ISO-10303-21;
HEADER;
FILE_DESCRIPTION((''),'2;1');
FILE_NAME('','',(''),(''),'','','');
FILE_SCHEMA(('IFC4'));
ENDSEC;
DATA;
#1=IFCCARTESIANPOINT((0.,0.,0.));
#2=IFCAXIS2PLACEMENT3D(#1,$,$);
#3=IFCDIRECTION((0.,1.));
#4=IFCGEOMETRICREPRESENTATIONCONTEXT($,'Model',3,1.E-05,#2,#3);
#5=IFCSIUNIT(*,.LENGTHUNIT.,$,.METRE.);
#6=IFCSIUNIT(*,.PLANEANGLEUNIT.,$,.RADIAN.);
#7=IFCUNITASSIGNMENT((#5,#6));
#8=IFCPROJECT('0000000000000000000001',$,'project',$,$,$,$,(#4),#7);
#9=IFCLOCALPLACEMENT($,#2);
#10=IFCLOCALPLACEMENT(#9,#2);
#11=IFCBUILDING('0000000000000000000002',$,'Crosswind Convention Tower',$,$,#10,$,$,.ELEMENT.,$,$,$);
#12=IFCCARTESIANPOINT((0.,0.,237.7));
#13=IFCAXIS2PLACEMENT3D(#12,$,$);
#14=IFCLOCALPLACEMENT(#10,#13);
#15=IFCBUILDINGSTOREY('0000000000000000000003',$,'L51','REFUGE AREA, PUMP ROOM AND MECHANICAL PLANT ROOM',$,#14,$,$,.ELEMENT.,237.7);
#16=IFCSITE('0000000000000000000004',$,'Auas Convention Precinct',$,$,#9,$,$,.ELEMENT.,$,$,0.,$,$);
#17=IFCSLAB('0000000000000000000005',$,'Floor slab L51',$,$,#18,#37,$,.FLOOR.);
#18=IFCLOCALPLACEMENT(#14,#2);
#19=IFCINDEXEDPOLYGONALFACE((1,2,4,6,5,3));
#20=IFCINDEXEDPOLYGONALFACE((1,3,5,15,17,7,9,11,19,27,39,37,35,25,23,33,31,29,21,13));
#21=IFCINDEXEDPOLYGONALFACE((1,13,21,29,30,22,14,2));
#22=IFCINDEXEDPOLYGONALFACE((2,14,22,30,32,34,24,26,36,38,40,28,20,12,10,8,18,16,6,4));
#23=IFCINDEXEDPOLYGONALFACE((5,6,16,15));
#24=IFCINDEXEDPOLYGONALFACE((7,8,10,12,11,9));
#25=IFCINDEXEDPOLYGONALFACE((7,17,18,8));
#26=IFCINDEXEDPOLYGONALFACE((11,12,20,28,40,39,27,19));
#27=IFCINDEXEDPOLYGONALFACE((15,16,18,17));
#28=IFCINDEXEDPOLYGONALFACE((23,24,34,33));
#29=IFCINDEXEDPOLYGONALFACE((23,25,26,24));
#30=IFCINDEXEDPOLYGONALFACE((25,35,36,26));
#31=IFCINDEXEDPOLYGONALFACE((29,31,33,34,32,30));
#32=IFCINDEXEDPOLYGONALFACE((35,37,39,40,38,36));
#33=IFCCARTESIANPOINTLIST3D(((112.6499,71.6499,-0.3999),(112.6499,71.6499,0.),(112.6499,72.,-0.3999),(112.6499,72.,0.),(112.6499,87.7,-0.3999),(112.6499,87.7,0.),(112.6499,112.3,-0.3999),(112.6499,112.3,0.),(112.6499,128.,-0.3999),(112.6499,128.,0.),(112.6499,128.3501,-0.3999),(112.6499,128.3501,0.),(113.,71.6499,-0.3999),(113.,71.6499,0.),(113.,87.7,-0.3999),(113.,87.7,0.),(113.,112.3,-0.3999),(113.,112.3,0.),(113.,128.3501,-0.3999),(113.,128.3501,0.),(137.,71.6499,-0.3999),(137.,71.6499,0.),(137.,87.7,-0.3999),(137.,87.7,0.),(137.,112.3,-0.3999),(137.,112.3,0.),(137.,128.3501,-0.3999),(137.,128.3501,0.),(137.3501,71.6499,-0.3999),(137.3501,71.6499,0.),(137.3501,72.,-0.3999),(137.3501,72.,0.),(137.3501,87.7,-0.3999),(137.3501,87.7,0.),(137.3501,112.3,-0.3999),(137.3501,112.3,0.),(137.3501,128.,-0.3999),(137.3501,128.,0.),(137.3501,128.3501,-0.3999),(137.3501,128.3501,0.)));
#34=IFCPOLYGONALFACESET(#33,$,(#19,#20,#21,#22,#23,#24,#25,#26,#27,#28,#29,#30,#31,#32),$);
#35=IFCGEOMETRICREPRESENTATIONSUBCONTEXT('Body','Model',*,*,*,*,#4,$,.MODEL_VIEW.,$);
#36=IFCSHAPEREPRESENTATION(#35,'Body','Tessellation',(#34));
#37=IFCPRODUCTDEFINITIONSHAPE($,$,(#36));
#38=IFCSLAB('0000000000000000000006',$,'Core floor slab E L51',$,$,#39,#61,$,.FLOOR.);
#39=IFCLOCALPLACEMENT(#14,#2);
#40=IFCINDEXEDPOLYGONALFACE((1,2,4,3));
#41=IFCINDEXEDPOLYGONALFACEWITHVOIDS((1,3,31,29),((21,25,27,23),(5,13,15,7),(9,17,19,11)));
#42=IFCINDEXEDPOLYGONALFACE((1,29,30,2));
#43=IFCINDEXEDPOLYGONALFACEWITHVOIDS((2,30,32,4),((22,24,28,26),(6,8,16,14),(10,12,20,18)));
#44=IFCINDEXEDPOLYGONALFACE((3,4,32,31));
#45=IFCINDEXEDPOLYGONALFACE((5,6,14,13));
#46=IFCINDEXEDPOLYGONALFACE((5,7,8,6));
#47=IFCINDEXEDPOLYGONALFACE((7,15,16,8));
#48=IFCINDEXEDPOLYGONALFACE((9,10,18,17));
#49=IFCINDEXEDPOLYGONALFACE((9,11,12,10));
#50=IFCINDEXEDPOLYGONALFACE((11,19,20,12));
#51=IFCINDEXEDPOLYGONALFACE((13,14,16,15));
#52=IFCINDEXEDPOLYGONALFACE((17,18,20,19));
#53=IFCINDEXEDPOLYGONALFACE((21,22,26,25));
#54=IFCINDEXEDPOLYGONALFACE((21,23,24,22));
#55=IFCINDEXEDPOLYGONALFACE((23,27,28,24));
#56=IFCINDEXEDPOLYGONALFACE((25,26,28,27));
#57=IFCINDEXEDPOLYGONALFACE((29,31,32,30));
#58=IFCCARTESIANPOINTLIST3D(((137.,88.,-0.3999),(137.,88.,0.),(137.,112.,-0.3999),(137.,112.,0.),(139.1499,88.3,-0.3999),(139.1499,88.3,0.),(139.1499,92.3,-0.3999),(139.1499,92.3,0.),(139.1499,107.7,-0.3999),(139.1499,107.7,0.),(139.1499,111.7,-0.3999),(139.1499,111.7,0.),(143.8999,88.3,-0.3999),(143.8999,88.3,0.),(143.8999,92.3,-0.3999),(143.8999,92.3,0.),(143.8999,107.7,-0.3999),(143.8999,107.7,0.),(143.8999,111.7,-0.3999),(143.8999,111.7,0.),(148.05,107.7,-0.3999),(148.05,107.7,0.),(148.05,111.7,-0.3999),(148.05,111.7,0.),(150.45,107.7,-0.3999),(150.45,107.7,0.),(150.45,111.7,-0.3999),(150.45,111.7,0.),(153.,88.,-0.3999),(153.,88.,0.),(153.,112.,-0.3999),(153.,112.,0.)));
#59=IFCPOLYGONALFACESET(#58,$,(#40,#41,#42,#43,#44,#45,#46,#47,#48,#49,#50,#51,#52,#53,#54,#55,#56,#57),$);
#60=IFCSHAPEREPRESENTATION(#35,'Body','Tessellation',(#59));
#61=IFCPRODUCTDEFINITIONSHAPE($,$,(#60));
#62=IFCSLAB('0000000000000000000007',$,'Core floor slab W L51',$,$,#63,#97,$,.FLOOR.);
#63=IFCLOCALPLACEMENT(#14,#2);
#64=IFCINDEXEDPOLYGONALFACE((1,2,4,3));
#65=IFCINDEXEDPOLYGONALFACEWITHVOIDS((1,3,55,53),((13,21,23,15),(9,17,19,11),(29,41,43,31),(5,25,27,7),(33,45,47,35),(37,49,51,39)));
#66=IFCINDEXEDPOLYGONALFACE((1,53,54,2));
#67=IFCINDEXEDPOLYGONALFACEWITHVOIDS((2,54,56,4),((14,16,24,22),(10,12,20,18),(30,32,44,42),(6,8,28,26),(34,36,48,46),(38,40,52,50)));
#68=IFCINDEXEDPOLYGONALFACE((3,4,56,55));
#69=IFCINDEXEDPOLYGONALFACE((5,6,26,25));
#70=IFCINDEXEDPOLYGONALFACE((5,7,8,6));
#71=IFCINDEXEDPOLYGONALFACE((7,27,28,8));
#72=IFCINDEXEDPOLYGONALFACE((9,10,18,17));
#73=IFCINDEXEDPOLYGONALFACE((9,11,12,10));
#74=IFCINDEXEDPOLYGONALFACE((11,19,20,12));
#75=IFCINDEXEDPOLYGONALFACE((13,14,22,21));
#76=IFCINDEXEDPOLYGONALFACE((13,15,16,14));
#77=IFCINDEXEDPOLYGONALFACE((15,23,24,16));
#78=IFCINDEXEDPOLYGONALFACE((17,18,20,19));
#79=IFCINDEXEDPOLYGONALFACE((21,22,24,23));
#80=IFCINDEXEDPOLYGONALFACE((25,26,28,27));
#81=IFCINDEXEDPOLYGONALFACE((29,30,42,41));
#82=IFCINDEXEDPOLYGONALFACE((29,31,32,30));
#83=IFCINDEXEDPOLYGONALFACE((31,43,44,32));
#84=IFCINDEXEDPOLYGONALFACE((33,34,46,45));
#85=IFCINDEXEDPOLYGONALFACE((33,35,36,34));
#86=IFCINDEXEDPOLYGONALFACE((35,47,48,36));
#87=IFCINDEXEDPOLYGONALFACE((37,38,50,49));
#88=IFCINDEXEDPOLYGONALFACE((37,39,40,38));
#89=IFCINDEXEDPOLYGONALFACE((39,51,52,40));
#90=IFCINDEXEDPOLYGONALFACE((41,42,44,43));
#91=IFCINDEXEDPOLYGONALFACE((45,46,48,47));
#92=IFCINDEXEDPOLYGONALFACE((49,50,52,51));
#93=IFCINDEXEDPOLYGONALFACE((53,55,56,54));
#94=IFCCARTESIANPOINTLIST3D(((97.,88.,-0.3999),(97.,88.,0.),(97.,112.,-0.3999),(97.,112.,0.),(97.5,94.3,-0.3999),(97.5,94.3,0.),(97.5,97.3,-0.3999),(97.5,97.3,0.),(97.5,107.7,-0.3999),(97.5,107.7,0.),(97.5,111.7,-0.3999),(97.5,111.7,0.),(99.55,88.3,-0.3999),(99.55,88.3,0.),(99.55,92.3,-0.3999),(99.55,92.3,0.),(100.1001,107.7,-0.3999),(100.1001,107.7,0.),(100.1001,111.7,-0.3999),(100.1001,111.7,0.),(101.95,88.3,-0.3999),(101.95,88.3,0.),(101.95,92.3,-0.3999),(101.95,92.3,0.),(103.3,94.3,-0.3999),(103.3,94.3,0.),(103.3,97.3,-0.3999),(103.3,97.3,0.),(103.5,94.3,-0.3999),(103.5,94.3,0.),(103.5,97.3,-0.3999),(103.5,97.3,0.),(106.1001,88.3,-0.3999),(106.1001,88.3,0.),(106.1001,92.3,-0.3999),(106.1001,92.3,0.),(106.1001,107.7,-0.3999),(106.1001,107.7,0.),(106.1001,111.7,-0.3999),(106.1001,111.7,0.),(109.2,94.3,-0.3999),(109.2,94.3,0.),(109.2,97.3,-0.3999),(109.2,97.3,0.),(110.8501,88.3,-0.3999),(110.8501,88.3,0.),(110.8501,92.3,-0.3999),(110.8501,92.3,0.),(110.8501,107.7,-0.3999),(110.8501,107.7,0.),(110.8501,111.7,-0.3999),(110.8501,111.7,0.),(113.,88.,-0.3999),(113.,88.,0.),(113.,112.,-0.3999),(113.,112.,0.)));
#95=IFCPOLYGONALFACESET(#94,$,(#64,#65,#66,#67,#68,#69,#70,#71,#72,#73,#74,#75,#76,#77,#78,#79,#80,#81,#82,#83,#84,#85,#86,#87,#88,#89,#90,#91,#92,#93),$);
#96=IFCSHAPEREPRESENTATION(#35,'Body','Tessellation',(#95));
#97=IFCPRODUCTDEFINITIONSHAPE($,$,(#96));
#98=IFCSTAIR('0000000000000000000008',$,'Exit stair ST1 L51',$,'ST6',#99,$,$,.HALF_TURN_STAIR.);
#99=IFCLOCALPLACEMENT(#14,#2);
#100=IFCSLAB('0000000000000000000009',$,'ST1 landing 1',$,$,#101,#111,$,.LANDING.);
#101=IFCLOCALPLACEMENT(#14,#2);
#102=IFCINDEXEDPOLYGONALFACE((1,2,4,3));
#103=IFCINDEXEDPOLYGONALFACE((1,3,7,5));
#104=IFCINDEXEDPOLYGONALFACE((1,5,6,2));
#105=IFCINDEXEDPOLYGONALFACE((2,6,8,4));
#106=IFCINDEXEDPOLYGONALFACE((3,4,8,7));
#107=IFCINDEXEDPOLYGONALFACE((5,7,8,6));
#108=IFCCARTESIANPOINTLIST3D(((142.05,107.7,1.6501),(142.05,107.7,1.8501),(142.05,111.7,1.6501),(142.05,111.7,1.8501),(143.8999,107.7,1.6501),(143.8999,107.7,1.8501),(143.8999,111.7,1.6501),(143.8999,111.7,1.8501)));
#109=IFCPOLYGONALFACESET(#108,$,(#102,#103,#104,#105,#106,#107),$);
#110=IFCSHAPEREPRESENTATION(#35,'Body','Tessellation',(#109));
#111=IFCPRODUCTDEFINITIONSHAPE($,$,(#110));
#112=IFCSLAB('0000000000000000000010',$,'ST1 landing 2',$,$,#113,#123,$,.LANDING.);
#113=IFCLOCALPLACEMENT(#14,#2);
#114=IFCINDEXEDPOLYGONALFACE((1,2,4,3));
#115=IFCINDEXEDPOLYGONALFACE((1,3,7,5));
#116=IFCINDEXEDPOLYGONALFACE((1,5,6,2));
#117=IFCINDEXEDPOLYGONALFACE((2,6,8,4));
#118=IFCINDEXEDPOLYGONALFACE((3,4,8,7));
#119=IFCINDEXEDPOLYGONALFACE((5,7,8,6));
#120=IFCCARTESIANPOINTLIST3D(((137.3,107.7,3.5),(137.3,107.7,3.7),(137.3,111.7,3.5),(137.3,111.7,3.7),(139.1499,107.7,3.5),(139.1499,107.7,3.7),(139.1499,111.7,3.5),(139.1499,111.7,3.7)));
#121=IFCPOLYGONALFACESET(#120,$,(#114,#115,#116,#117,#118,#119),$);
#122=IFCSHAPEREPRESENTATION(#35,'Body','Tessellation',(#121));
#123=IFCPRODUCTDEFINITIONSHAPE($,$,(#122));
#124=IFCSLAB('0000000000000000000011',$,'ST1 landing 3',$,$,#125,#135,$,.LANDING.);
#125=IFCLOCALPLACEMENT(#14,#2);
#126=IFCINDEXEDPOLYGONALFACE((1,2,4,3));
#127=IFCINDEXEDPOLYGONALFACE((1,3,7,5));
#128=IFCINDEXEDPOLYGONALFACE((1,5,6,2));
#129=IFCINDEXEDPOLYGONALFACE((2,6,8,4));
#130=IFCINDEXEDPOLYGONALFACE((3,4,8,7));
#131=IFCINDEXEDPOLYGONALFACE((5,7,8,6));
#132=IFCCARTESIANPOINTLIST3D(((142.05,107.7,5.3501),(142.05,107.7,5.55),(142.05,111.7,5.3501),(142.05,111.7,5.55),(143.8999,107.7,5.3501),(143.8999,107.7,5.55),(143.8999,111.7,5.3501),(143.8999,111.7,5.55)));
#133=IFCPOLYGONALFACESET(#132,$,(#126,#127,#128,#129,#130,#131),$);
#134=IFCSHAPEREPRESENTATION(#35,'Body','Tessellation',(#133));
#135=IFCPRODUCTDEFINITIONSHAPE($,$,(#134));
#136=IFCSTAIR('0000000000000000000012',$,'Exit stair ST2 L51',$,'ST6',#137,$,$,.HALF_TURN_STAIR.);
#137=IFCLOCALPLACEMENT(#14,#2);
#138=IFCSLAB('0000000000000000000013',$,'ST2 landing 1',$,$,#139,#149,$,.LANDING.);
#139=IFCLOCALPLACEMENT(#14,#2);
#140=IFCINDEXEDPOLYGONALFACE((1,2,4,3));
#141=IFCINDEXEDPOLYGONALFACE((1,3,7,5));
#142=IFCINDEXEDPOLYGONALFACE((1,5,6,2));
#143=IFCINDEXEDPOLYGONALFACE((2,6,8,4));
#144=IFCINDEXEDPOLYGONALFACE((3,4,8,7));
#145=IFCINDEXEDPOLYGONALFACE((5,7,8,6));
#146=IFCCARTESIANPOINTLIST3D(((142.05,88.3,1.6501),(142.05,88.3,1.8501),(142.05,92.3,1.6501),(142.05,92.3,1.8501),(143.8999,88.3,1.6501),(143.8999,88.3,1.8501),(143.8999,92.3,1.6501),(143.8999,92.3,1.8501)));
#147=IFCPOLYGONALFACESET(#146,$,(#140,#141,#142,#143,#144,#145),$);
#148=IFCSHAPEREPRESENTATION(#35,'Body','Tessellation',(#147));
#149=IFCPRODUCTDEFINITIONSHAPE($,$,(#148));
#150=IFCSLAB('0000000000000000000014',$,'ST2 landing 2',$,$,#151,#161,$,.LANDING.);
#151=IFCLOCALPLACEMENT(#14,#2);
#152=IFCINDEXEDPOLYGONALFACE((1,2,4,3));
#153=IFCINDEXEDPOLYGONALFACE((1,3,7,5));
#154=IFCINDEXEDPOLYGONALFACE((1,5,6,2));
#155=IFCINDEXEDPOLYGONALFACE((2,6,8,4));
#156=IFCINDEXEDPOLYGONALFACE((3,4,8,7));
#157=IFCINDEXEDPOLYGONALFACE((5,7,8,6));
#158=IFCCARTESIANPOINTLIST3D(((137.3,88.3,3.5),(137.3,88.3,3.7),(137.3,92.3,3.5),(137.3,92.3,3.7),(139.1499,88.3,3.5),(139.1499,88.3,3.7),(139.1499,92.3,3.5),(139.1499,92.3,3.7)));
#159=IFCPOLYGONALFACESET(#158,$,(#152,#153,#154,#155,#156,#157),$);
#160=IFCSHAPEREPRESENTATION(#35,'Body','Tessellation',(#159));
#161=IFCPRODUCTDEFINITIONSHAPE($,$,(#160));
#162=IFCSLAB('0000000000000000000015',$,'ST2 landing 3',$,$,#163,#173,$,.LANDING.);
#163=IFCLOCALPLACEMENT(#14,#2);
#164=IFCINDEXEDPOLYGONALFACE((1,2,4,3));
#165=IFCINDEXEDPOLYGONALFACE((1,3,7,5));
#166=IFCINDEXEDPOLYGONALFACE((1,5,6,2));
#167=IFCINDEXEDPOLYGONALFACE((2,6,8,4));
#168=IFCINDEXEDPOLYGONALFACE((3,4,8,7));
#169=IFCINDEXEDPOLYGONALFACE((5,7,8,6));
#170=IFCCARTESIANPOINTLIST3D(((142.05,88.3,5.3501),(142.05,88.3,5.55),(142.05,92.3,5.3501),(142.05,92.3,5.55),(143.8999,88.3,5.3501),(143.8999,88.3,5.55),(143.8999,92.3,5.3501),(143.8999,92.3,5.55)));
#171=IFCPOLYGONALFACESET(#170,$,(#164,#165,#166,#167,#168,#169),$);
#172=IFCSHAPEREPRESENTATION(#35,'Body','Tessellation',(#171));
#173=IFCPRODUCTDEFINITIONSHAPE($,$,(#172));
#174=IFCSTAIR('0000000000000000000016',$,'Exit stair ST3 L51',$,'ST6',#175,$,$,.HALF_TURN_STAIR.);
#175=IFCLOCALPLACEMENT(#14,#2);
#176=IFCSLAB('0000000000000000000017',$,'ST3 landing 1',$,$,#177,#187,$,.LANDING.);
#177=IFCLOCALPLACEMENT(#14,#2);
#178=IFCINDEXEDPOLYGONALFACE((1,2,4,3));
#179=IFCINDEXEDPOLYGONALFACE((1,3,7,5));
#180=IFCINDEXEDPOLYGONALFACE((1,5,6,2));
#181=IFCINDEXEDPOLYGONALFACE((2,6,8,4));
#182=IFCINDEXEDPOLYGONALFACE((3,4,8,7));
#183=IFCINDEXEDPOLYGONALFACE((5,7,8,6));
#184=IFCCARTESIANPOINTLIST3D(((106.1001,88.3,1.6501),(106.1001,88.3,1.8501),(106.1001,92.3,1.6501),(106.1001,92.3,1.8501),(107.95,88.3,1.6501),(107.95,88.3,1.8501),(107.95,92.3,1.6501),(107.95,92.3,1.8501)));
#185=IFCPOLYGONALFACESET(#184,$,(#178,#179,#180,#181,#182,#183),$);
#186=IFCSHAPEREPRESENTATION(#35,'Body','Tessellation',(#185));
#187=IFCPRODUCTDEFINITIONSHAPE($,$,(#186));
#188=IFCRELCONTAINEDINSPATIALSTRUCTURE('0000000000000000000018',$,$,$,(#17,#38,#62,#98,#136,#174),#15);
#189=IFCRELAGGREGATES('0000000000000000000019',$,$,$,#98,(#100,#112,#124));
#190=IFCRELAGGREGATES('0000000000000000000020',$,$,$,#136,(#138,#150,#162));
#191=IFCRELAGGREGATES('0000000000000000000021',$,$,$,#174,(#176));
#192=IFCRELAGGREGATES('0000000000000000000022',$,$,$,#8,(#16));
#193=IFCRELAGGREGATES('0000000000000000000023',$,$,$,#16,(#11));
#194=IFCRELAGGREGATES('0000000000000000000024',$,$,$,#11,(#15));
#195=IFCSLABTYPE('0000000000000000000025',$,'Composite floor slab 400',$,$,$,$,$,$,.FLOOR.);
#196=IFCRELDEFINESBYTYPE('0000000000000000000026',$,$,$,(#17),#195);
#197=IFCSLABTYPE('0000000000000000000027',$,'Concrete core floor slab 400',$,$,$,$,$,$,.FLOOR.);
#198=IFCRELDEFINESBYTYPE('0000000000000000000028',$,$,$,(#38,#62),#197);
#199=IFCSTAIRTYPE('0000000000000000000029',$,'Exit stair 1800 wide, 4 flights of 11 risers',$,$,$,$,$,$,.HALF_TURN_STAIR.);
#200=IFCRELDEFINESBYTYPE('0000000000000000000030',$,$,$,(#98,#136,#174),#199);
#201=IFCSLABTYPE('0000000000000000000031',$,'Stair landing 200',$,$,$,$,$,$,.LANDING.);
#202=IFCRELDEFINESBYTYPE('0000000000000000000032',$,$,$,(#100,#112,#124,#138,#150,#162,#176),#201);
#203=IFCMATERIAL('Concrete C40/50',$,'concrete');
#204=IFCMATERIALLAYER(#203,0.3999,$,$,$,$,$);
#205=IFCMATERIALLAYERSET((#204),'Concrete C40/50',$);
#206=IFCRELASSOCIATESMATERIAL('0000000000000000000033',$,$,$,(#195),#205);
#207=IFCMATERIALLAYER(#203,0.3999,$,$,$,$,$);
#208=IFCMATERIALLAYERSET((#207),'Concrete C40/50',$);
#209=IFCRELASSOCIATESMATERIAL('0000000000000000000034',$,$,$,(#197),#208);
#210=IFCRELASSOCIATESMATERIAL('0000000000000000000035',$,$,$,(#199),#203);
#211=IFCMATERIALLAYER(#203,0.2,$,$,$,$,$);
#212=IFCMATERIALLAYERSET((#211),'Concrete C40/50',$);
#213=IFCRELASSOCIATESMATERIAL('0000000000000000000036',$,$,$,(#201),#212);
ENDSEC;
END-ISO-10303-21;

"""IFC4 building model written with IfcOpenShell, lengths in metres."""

from ifc_helpers import new_model, si_unit, direction, frame, origin, place, context, subcontext, project, spatial, polyline, outline, extrude, material, layer, layer_set, type_object, element, aggregate, save


model = new_model("IFC4")

# Units and contexts
model_context = context("Model", 3, precision=1e-05, world=origin(), true_north=direction((0.0, 1.0)))
body_context = subcontext(model_context, "Body", "Model", "MODEL_VIEW")
ifc_project = project(units=[si_unit("LENGTHUNIT", "METRE"), si_unit("PLANEANGLEUNIT", "RADIAN")], contexts=[model_context])

# Site, building, storey
site_placement = place(None, origin())
site = spatial("IfcSite", under=ifc_project, at=site_placement, Name="Auas Convention Precinct", CompositionType="ELEMENT", RefElevation=0.0)
building_placement = place(site_placement, origin())
building = spatial("IfcBuilding", under=site, at=building_placement, Name="Crosswind Convention Tower", CompositionType="ELEMENT")
storey_placement = place(building_placement, frame((0.0, 0.0, 237.7)))
storey = spatial("IfcBuildingStorey", under=building, at=storey_placement, Name="L51", Description="REFUGE AREA, PUMP ROOM AND MECHANICAL PLANT ROOM", CompositionType="ELEMENT", Elevation=237.7)

# Slabs
ifc_material_1 = material(Name="Concrete C40/50", Category="concrete")
ifc_layer_1 = layer(ifc_material_1, 0.3999)
ifc_layer_set_1 = layer_set([ifc_layer_1], Name="Concrete C40/50")
slab_type_1 = type_object("IfcSlabType", Name="Composite floor slab 400", PredefinedType="FLOOR", material=ifc_layer_set_1)
slab_1_placement = place(storey_placement, frame((0.0, 0.0, -0.3999)))
element("IfcSlab", 1, at=slab_1_placement, inside=storey, type_object=slab_type_1, Name="Floor slab L51", PredefinedType="FLOOR", context=body_context, shape_type="SweptSolid", body=[
    extrude(outline(polyline([(137.3501, 71.6499), (137.0, 71.6499), (113.0, 71.6499), (112.6499, 71.6499), (112.6499, 72.0), (112.6499, 87.7), (113.0, 87.7), (113.0, 112.3), (112.6499, 112.3), (112.6499, 128.0), (112.6499, 128.3501), (113.0, 128.3501), (137.0, 128.3501), (137.3501, 128.3501), (137.3501, 128.0), (137.3501, 112.3), (137.0, 112.3), (137.0, 87.7), (137.3501, 87.7), (137.3501, 72.0), (137.3501, 71.6499)])), origin(), (0.0, 0.0, 1.0), 0.3999),
])
ifc_layer_2 = layer(ifc_material_1, 0.3999)
ifc_layer_set_2 = layer_set([ifc_layer_2], Name="Concrete C40/50")
slab_type_2 = type_object("IfcSlabType", Name="Concrete core floor slab 400", PredefinedType="FLOOR", material=ifc_layer_set_2)
slab_2_placement = place(storey_placement, frame((0.0, 0.0, -0.3999)))
element("IfcSlab", 2, at=slab_2_placement, inside=storey, type_object=slab_type_2, Name="Core floor slab E L51", PredefinedType="FLOOR", context=body_context, shape_type="SweptSolid", body=[
    extrude(outline(polyline([(137.0, 88.0), (153.0, 88.0), (153.0, 112.0), (137.0, 112.0), (137.0, 88.0)]), holes=[polyline([(150.45, 107.7), (150.45, 111.7), (148.05, 111.7), (148.05, 107.7), (150.45, 107.7)]), polyline([(143.8999, 107.7), (143.8999, 111.7), (139.1499, 111.7), (139.1499, 107.7), (143.8999, 107.7)]), polyline([(143.8999, 88.3), (143.8999, 92.3), (139.1499, 92.3), (139.1499, 88.3), (143.8999, 88.3)])]), origin(), (0.0, 0.0, 1.0), 0.3999),
])
slab_3_placement = place(storey_placement, frame((0.0, 0.0, -0.3999)))
element("IfcSlab", 3, at=slab_3_placement, inside=storey, type_object=slab_type_2, Name="Core floor slab W L51", PredefinedType="FLOOR", context=body_context, shape_type="SweptSolid", body=[
    extrude(outline(polyline([(97.0, 88.0), (113.0, 88.0), (113.0, 112.0), (97.0, 112.0), (97.0, 88.0)]), holes=[polyline([(109.2, 94.3), (109.2, 97.3), (103.5, 97.3), (103.5, 94.3), (109.2, 94.3)]), polyline([(103.3, 94.3), (103.3, 97.3), (97.5, 97.3), (97.5, 94.3), (103.3, 94.3)]), polyline([(101.95, 88.3), (101.95, 92.3), (99.55, 92.3), (99.55, 88.3), (101.95, 88.3)]), polyline([(100.1001, 107.7), (100.1001, 111.7), (97.5, 111.7), (97.5, 107.7), (100.1001, 107.7)]), polyline([(110.8501, 88.3), (110.8501, 92.3), (106.1001, 92.3), (106.1001, 88.3), (110.8501, 88.3)]), polyline([(110.8501, 107.7), (110.8501, 111.7), (106.1001, 111.7), (106.1001, 107.7), (110.8501, 107.7)])]), origin(), (0.0, 0.0, 1.0), 0.3999),
])

# Stairs, slabs
stair_type = type_object("IfcStairType", Name="Exit stair 1800 wide, 4 flights of 11 risers", PredefinedType="HALF_TURN_STAIR", material=ifc_material_1)
stair_1_placement = place(storey_placement, origin())
stair_1 = element("IfcStair", 4, at=stair_1_placement, inside=storey, type_object=stair_type, Name="Exit stair ST1 L51", ObjectType="ST6", PredefinedType="HALF_TURN_STAIR")
ifc_layer_3 = layer(ifc_material_1, 0.2)
ifc_layer_set_3 = layer_set([ifc_layer_3], Name="Concrete C40/50")
slab_type_3 = type_object("IfcSlabType", Name="Stair landing 200", PredefinedType="LANDING", material=ifc_layer_set_3)
slab_4_placement = place(storey_placement, frame((0.0, 0.0, 1.6501)))
slab_4 = element("IfcSlab", 5, at=slab_4_placement, type_object=slab_type_3, Name="ST1 landing 1", PredefinedType="LANDING", context=body_context, shape_type="SweptSolid", body=[
    extrude(outline(polyline([(143.8999, 107.7), (143.8999, 111.7), (142.05, 111.7), (142.05, 107.7), (143.8999, 107.7)])), origin(), (0.0, 0.0, 1.0), 0.2),
])
slab_5_placement = place(storey_placement, frame((0.0, 0.0, 3.5)))
slab_5 = element("IfcSlab", 6, at=slab_5_placement, type_object=slab_type_3, Name="ST1 landing 2", PredefinedType="LANDING", context=body_context, shape_type="SweptSolid", body=[
    extrude(outline(polyline([(139.1499, 107.7), (139.1499, 111.7), (137.3, 111.7), (137.3, 107.7), (139.1499, 107.7)])), origin(), (0.0, 0.0, 1.0), 0.2),
])
slab_6_placement = place(storey_placement, frame((0.0, 0.0, 5.3501)))
slab_6 = element("IfcSlab", 7, at=slab_6_placement, type_object=slab_type_3, Name="ST1 landing 3", PredefinedType="LANDING", context=body_context, shape_type="SweptSolid", body=[
    extrude(outline(polyline([(143.8999, 107.7), (143.8999, 111.7), (142.05, 111.7), (142.05, 107.7), (143.8999, 107.7)])), origin(), (0.0, 0.0, 1.0), 0.2),
])
aggregate(stair_1, [slab_4, slab_5, slab_6])
stair_2_placement = place(storey_placement, origin())
stair_2 = element("IfcStair", 8, at=stair_2_placement, inside=storey, type_object=stair_type, Name="Exit stair ST2 L51", ObjectType="ST6", PredefinedType="HALF_TURN_STAIR")
slab_7_placement = place(storey_placement, frame((0.0, 0.0, 1.6501)))
slab_7 = element("IfcSlab", 9, at=slab_7_placement, type_object=slab_type_3, Name="ST2 landing 1", PredefinedType="LANDING", context=body_context, shape_type="SweptSolid", body=[
    extrude(outline(polyline([(143.8999, 88.3), (143.8999, 92.3), (142.05, 92.3), (142.05, 88.3), (143.8999, 88.3)])), origin(), (0.0, 0.0, 1.0), 0.2),
])
slab_8_placement = place(storey_placement, frame((0.0, 0.0, 3.5)))
slab_8 = element("IfcSlab", 10, at=slab_8_placement, type_object=slab_type_3, Name="ST2 landing 2", PredefinedType="LANDING", context=body_context, shape_type="SweptSolid", body=[
    extrude(outline(polyline([(139.1499, 88.3), (139.1499, 92.3), (137.3, 92.3), (137.3, 88.3), (139.1499, 88.3)])), origin(), (0.0, 0.0, 1.0), 0.2),
])
slab_9_placement = place(storey_placement, frame((0.0, 0.0, 5.3501)))
slab_9 = element("IfcSlab", 11, at=slab_9_placement, type_object=slab_type_3, Name="ST2 landing 3", PredefinedType="LANDING", context=body_context, shape_type="SweptSolid", body=[
    extrude(outline(polyline([(143.8999, 88.3), (143.8999, 92.3), (142.05, 92.3), (142.05, 88.3), (143.8999, 88.3)])), origin(), (0.0, 0.0, 1.0), 0.2),
])
aggregate(stair_2, [slab_7, slab_8, slab_9])
stair_3_placement = place(storey_placement, origin())
stair_3 = element("IfcStair", 12, at=stair_3_placement, inside=storey, type_object=stair_type, Name="Exit stair ST3 L51", ObjectType="ST6", PredefinedType="HALF_TURN_STAIR")
slab_10_placement = place(storey_placement, frame((0.0, 0.0, 1.6501)))
slab_10 = element("IfcSlab", 13, at=slab_10_placement, type_object=slab_type_3, Name="ST3 landing 1", PredefinedType="LANDING", context=body_context, shape_type="SweptSolid", body=[
    extrude(outline(polyline([(107.95, 88.3), (107.95, 92.3), (106.1001, 92.3), (106.1001, 88.3), (107.95, 88.3)])), origin(), (0.0, 0.0, 1.0), 0.2),
])

aggregate(stair_3, [slab_10])

save(model, "model.ifc")
